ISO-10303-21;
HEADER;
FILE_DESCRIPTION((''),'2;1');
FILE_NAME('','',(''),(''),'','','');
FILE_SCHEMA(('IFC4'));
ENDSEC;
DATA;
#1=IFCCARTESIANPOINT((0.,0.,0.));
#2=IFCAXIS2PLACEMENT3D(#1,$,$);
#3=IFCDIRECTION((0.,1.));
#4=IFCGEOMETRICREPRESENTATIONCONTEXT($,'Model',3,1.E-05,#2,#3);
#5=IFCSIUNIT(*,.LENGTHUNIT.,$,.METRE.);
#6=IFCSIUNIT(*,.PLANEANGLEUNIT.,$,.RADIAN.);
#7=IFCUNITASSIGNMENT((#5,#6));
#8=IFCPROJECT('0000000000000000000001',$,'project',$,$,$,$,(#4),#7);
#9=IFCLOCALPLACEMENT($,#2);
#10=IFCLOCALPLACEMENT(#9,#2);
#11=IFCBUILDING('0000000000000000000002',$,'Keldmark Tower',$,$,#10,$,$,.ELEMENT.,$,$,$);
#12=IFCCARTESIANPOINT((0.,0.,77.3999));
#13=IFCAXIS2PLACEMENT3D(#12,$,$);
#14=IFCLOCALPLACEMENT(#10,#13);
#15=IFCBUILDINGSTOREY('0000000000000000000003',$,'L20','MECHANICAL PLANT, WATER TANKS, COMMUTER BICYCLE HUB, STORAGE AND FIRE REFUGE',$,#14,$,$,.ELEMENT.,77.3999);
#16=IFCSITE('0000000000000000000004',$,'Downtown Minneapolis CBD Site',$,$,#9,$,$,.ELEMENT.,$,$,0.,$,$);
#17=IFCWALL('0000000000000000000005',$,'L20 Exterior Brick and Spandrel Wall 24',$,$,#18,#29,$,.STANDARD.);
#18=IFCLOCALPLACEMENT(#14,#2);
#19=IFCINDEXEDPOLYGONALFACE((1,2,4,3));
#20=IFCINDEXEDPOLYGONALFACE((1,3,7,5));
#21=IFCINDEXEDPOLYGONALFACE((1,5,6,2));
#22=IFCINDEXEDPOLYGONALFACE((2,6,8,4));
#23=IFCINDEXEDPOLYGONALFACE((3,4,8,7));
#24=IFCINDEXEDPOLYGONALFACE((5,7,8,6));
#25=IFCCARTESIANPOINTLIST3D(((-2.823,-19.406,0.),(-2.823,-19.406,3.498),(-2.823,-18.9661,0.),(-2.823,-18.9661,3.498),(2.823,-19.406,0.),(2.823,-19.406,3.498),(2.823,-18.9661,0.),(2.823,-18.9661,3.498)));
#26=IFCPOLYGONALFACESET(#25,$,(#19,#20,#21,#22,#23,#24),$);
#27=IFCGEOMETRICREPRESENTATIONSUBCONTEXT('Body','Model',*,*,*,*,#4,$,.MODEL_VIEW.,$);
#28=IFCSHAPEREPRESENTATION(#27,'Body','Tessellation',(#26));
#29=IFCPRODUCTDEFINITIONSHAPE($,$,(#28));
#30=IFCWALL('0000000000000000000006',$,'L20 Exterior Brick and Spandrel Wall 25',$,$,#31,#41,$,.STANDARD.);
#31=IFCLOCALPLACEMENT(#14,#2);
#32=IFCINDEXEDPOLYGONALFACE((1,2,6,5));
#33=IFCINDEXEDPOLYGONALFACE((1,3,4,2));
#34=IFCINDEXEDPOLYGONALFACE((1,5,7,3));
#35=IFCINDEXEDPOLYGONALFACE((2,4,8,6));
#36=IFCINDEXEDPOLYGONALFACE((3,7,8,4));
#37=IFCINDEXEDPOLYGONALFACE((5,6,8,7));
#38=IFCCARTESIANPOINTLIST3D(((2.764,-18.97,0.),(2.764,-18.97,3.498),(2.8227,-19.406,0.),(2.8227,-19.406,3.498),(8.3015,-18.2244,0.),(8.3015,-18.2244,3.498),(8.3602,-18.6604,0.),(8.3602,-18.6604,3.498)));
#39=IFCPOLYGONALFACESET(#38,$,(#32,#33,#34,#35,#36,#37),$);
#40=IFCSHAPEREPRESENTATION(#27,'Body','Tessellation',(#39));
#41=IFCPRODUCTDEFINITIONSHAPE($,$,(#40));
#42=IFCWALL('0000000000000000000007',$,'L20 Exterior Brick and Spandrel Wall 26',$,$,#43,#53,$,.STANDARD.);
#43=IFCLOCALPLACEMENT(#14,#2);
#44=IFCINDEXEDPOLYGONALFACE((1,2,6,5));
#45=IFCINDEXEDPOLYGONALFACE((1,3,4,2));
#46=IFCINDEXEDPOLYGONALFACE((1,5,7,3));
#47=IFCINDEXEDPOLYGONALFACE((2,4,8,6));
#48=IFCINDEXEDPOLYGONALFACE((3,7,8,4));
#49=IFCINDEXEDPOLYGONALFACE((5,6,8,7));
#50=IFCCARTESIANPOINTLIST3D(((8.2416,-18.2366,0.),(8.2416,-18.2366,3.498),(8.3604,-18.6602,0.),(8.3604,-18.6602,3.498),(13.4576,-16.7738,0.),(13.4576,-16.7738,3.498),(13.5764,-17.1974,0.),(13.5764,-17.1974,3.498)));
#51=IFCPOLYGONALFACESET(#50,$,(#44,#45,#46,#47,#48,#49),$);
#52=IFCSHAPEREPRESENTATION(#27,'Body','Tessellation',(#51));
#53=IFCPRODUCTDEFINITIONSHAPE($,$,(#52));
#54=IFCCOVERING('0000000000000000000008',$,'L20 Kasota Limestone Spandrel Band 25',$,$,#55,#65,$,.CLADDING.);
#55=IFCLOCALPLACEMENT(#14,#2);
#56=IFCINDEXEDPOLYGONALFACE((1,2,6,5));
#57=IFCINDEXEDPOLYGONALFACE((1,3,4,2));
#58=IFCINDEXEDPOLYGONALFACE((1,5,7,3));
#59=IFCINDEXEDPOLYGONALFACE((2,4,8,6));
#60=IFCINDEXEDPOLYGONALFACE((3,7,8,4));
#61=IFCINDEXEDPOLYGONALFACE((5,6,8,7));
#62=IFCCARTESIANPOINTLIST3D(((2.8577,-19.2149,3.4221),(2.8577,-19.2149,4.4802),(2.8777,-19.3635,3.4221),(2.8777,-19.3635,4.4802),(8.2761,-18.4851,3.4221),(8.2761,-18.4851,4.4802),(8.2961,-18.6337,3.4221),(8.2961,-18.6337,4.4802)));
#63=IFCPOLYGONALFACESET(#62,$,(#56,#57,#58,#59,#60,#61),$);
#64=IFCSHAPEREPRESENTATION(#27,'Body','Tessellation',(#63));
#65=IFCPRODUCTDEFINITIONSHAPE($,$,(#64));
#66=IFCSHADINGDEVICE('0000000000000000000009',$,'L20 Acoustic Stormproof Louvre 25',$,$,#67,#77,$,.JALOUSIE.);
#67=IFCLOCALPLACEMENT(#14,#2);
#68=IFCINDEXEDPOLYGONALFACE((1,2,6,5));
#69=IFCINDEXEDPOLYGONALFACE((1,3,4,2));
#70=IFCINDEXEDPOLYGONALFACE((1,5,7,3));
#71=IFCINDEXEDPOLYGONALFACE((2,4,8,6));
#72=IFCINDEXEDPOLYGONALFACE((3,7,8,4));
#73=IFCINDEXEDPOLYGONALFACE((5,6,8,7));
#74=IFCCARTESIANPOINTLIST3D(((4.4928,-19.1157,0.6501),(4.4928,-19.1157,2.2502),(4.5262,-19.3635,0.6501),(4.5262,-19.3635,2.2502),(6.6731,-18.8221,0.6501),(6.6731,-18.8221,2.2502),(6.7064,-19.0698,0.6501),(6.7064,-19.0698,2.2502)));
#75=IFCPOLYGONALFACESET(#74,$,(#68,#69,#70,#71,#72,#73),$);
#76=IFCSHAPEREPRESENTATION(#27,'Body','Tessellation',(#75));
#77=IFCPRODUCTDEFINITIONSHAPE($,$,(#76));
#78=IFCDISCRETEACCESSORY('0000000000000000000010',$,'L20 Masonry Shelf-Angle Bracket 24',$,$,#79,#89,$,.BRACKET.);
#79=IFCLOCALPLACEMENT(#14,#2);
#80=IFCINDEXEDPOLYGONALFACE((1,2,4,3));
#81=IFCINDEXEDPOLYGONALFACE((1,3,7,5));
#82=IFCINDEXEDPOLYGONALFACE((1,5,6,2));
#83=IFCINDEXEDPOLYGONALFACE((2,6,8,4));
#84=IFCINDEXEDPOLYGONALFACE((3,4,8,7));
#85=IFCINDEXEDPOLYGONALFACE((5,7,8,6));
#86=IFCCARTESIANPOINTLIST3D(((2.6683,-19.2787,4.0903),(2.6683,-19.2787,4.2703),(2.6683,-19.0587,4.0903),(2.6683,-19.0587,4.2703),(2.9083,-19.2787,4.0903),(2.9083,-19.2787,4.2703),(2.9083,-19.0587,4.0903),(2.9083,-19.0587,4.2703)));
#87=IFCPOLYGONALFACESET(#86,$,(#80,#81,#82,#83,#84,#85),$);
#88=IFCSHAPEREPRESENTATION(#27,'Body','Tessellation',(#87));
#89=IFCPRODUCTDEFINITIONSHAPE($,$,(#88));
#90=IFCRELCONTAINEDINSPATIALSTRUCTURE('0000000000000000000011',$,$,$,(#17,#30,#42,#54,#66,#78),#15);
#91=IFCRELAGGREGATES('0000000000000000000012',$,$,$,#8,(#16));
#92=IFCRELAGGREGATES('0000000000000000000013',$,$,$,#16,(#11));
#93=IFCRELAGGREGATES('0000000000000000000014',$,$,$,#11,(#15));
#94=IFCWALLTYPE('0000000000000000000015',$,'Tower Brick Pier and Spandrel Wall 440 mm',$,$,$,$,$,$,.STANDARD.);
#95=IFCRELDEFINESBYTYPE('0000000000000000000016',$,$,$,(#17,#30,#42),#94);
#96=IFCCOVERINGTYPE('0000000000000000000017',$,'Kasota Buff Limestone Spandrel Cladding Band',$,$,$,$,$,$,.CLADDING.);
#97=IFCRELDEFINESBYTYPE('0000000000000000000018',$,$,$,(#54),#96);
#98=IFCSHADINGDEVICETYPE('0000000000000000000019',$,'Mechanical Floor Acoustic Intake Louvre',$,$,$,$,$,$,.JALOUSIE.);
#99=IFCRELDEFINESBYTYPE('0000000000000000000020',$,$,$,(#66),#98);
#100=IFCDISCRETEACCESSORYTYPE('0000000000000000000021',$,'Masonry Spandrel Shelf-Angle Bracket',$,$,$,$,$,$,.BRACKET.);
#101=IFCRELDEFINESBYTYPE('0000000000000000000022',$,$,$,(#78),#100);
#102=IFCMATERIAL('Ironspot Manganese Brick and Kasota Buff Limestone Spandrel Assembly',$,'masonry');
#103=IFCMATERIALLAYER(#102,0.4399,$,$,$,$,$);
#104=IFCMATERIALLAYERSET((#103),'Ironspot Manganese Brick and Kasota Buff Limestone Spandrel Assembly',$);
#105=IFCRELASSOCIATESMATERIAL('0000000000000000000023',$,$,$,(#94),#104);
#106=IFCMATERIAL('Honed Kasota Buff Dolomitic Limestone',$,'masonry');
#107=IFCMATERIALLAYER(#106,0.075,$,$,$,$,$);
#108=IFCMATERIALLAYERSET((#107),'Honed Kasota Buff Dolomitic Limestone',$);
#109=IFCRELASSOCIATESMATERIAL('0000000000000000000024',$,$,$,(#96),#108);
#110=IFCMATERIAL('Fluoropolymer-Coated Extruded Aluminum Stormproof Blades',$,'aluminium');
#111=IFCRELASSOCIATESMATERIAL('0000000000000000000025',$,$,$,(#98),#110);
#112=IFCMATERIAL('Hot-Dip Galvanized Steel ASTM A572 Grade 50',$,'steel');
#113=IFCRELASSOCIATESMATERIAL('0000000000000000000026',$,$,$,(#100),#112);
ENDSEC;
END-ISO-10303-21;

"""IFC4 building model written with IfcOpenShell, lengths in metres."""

from ifc_helpers import new_model, si_unit, direction, frame, frame_2d, origin, origin_2d, place, context, subcontext, project, spatial, rectangle, extrude, material, layer, layer_set, type_object, element, save


model = new_model("IFC4")

# Units and contexts
model_context = context("Model", 3, precision=1e-05, world=origin(), true_north=direction((0.0, 1.0)))
body_context = subcontext(model_context, "Body", "Model", "MODEL_VIEW")
ifc_project = project(units=[si_unit("LENGTHUNIT", "METRE"), si_unit("PLANEANGLEUNIT", "RADIAN")], contexts=[model_context])

# Site, building, storey
site_placement = place(None, origin())
site = spatial("IfcSite", under=ifc_project, at=site_placement, Name="Downtown Minneapolis CBD Site", CompositionType="ELEMENT", RefElevation=0.0)
building_placement = place(site_placement, origin())
building = spatial("IfcBuilding", under=site, at=building_placement, Name="Keldmark Tower", CompositionType="ELEMENT")
storey_placement = place(building_placement, frame((0.0, 0.0, 77.3999)))
storey = spatial("IfcBuildingStorey", under=building, at=storey_placement, Name="L20", Description="MECHANICAL PLANT, WATER TANKS, COMMUTER BICYCLE HUB, STORAGE AND FIRE REFUGE", CompositionType="ELEMENT", Elevation=77.3999)

# Walls
ifc_material_1 = material(Name="Ironspot Manganese Brick and Kasota Buff Limestone Spandrel Assembly", Category="masonry")
ifc_layer_1 = layer(ifc_material_1, 0.4399)
ifc_layer_set_1 = layer_set([ifc_layer_1], Name="Ironspot Manganese Brick and Kasota Buff Limestone Spandrel Assembly")
wall_type_1 = type_object("IfcWallType", Name="Tower Brick Pier and Spandrel Wall 440 mm", PredefinedType="STANDARD", material=ifc_layer_set_1)
wall_1_placement = place(storey_placement, frame((2.823, -19.186, 0.0), z_axis=(0.0, 0.0, 1.0), x_axis=(-1.0, 0.0, 0.0)))
element("IfcWall", 1, at=wall_1_placement, inside=storey, type_object=wall_type_1, Name="L20 Exterior Brick and Spandrel Wall 24", PredefinedType="STANDARD", context=body_context, shape_type="SweptSolid", body=[
    extrude(rectangle(XDim=5.646, YDim=0.4399, at=frame_2d((2.823, 0.0))), origin(), (0.0, 0.0, 1.0), 3.498),
])
wall_2_placement = place(storey_placement, frame((8.3308, -18.4424, 0.0), z_axis=(0.0, 0.0, 1.0), x_axis=(-0.991056, -0.133446, 0.0)))
element("IfcWall", 2, at=wall_2_placement, inside=storey, type_object=wall_type_1, Name="L20 Exterior Brick and Spandrel Wall 25", PredefinedType="STANDARD", context=body_context, shape_type="SweptSolid", body=[
    extrude(rectangle(XDim=5.5874, YDim=0.4399, at=frame_2d((2.7937, 0.0))), origin(), (0.0, 0.0, 1.0), 3.498),
])
wall_3_placement = place(storey_placement, frame((13.5168, -16.9856, 0.0), z_axis=(0.0, 0.0, 1.0), x_axis=(-0.962849, -0.270039, 0.0)))
element("IfcWall", 3, at=wall_3_placement, inside=storey, type_object=wall_type_1, Name="L20 Exterior Brick and Spandrel Wall 26", PredefinedType="STANDARD", context=body_context, shape_type="SweptSolid", body=[
    extrude(rectangle(XDim=5.4172, YDim=0.4399, at=frame_2d((2.7085, 0.0))), origin(), (0.0, 0.0, 1.0), 3.498),
])

# Covering
ifc_material_2 = material(Name="Honed Kasota Buff Dolomitic Limestone", Category="masonry")
ifc_layer_2 = layer(ifc_material_2, 0.075)
ifc_layer_set_2 = layer_set([ifc_layer_2], Name="Honed Kasota Buff Dolomitic Limestone")
covering_type = type_object("IfcCoveringType", Name="Kasota Buff Limestone Spandrel Cladding Band", PredefinedType="CLADDING", material=ifc_layer_set_2)
covering_placement = place(storey_placement, frame((5.5769, -18.9243, 3.4221), z_axis=(0.0, 0.0, 1.0), x_axis=(0.991051, 0.133485, 0.0)))
element("IfcCovering", 4, at=covering_placement, inside=storey, type_object=covering_type, Name="L20 Kasota Limestone Spandrel Band 25", PredefinedType="CLADDING", context=body_context, shape_type="SweptSolid", body=[
    extrude(rectangle(XDim=5.4673, YDim=0.1499, at=origin_2d()), origin(), (0.0, 0.0, 1.0), 1.0581),
])

# Shading device
ifc_material_3 = material(Name="Fluoropolymer-Coated Extruded Aluminum Stormproof Blades", Category="aluminium")
shading_device_type = type_object("IfcShadingDeviceType", Name="Mechanical Floor Acoustic Intake Louvre", PredefinedType="JALOUSIE", material=ifc_material_3)
shading_device_placement = place(storey_placement, frame((5.5996, -19.0928, 0.6501), z_axis=(0.0, 0.0, 1.0), x_axis=(0.991051, 0.133485, 0.0)))
element("IfcShadingDevice", 5, at=shading_device_placement, inside=storey, type_object=shading_device_type, Name="L20 Acoustic Stormproof Louvre 25", PredefinedType="JALOUSIE", context=body_context, shape_type="SweptSolid", body=[
    extrude(rectangle(XDim=2.2, YDim=0.25, at=origin_2d()), origin(), (0.0, 0.0, 1.0), 1.6001),
])

# Discrete accessory
ifc_material_4 = material(Name="Hot-Dip Galvanized Steel ASTM A572 Grade 50", Category="steel")
discrete_accessory_type = type_object("IfcDiscreteAccessoryType", Name="Masonry Spandrel Shelf-Angle Bracket", PredefinedType="BRACKET", material=ifc_material_4)
discrete_accessory_placement = place(storey_placement, frame((2.7883, -19.1687, 4.0903), z_axis=(0.0, 0.0, 1.0), x_axis=(1.0, 0.0, 0.0)))
element("IfcDiscreteAccessory", 6, at=discrete_accessory_placement, inside=storey, type_object=discrete_accessory_type, Name="L20 Masonry Shelf-Angle Bracket 24", PredefinedType="BRACKET", context=body_context, shape_type="SweptSolid", body=[
    extrude(rectangle(XDim=0.24, YDim=0.22, at=origin_2d()), origin(), (0.0, 0.0, 1.0), 0.1799),
])

save(model, "model.ifc")
